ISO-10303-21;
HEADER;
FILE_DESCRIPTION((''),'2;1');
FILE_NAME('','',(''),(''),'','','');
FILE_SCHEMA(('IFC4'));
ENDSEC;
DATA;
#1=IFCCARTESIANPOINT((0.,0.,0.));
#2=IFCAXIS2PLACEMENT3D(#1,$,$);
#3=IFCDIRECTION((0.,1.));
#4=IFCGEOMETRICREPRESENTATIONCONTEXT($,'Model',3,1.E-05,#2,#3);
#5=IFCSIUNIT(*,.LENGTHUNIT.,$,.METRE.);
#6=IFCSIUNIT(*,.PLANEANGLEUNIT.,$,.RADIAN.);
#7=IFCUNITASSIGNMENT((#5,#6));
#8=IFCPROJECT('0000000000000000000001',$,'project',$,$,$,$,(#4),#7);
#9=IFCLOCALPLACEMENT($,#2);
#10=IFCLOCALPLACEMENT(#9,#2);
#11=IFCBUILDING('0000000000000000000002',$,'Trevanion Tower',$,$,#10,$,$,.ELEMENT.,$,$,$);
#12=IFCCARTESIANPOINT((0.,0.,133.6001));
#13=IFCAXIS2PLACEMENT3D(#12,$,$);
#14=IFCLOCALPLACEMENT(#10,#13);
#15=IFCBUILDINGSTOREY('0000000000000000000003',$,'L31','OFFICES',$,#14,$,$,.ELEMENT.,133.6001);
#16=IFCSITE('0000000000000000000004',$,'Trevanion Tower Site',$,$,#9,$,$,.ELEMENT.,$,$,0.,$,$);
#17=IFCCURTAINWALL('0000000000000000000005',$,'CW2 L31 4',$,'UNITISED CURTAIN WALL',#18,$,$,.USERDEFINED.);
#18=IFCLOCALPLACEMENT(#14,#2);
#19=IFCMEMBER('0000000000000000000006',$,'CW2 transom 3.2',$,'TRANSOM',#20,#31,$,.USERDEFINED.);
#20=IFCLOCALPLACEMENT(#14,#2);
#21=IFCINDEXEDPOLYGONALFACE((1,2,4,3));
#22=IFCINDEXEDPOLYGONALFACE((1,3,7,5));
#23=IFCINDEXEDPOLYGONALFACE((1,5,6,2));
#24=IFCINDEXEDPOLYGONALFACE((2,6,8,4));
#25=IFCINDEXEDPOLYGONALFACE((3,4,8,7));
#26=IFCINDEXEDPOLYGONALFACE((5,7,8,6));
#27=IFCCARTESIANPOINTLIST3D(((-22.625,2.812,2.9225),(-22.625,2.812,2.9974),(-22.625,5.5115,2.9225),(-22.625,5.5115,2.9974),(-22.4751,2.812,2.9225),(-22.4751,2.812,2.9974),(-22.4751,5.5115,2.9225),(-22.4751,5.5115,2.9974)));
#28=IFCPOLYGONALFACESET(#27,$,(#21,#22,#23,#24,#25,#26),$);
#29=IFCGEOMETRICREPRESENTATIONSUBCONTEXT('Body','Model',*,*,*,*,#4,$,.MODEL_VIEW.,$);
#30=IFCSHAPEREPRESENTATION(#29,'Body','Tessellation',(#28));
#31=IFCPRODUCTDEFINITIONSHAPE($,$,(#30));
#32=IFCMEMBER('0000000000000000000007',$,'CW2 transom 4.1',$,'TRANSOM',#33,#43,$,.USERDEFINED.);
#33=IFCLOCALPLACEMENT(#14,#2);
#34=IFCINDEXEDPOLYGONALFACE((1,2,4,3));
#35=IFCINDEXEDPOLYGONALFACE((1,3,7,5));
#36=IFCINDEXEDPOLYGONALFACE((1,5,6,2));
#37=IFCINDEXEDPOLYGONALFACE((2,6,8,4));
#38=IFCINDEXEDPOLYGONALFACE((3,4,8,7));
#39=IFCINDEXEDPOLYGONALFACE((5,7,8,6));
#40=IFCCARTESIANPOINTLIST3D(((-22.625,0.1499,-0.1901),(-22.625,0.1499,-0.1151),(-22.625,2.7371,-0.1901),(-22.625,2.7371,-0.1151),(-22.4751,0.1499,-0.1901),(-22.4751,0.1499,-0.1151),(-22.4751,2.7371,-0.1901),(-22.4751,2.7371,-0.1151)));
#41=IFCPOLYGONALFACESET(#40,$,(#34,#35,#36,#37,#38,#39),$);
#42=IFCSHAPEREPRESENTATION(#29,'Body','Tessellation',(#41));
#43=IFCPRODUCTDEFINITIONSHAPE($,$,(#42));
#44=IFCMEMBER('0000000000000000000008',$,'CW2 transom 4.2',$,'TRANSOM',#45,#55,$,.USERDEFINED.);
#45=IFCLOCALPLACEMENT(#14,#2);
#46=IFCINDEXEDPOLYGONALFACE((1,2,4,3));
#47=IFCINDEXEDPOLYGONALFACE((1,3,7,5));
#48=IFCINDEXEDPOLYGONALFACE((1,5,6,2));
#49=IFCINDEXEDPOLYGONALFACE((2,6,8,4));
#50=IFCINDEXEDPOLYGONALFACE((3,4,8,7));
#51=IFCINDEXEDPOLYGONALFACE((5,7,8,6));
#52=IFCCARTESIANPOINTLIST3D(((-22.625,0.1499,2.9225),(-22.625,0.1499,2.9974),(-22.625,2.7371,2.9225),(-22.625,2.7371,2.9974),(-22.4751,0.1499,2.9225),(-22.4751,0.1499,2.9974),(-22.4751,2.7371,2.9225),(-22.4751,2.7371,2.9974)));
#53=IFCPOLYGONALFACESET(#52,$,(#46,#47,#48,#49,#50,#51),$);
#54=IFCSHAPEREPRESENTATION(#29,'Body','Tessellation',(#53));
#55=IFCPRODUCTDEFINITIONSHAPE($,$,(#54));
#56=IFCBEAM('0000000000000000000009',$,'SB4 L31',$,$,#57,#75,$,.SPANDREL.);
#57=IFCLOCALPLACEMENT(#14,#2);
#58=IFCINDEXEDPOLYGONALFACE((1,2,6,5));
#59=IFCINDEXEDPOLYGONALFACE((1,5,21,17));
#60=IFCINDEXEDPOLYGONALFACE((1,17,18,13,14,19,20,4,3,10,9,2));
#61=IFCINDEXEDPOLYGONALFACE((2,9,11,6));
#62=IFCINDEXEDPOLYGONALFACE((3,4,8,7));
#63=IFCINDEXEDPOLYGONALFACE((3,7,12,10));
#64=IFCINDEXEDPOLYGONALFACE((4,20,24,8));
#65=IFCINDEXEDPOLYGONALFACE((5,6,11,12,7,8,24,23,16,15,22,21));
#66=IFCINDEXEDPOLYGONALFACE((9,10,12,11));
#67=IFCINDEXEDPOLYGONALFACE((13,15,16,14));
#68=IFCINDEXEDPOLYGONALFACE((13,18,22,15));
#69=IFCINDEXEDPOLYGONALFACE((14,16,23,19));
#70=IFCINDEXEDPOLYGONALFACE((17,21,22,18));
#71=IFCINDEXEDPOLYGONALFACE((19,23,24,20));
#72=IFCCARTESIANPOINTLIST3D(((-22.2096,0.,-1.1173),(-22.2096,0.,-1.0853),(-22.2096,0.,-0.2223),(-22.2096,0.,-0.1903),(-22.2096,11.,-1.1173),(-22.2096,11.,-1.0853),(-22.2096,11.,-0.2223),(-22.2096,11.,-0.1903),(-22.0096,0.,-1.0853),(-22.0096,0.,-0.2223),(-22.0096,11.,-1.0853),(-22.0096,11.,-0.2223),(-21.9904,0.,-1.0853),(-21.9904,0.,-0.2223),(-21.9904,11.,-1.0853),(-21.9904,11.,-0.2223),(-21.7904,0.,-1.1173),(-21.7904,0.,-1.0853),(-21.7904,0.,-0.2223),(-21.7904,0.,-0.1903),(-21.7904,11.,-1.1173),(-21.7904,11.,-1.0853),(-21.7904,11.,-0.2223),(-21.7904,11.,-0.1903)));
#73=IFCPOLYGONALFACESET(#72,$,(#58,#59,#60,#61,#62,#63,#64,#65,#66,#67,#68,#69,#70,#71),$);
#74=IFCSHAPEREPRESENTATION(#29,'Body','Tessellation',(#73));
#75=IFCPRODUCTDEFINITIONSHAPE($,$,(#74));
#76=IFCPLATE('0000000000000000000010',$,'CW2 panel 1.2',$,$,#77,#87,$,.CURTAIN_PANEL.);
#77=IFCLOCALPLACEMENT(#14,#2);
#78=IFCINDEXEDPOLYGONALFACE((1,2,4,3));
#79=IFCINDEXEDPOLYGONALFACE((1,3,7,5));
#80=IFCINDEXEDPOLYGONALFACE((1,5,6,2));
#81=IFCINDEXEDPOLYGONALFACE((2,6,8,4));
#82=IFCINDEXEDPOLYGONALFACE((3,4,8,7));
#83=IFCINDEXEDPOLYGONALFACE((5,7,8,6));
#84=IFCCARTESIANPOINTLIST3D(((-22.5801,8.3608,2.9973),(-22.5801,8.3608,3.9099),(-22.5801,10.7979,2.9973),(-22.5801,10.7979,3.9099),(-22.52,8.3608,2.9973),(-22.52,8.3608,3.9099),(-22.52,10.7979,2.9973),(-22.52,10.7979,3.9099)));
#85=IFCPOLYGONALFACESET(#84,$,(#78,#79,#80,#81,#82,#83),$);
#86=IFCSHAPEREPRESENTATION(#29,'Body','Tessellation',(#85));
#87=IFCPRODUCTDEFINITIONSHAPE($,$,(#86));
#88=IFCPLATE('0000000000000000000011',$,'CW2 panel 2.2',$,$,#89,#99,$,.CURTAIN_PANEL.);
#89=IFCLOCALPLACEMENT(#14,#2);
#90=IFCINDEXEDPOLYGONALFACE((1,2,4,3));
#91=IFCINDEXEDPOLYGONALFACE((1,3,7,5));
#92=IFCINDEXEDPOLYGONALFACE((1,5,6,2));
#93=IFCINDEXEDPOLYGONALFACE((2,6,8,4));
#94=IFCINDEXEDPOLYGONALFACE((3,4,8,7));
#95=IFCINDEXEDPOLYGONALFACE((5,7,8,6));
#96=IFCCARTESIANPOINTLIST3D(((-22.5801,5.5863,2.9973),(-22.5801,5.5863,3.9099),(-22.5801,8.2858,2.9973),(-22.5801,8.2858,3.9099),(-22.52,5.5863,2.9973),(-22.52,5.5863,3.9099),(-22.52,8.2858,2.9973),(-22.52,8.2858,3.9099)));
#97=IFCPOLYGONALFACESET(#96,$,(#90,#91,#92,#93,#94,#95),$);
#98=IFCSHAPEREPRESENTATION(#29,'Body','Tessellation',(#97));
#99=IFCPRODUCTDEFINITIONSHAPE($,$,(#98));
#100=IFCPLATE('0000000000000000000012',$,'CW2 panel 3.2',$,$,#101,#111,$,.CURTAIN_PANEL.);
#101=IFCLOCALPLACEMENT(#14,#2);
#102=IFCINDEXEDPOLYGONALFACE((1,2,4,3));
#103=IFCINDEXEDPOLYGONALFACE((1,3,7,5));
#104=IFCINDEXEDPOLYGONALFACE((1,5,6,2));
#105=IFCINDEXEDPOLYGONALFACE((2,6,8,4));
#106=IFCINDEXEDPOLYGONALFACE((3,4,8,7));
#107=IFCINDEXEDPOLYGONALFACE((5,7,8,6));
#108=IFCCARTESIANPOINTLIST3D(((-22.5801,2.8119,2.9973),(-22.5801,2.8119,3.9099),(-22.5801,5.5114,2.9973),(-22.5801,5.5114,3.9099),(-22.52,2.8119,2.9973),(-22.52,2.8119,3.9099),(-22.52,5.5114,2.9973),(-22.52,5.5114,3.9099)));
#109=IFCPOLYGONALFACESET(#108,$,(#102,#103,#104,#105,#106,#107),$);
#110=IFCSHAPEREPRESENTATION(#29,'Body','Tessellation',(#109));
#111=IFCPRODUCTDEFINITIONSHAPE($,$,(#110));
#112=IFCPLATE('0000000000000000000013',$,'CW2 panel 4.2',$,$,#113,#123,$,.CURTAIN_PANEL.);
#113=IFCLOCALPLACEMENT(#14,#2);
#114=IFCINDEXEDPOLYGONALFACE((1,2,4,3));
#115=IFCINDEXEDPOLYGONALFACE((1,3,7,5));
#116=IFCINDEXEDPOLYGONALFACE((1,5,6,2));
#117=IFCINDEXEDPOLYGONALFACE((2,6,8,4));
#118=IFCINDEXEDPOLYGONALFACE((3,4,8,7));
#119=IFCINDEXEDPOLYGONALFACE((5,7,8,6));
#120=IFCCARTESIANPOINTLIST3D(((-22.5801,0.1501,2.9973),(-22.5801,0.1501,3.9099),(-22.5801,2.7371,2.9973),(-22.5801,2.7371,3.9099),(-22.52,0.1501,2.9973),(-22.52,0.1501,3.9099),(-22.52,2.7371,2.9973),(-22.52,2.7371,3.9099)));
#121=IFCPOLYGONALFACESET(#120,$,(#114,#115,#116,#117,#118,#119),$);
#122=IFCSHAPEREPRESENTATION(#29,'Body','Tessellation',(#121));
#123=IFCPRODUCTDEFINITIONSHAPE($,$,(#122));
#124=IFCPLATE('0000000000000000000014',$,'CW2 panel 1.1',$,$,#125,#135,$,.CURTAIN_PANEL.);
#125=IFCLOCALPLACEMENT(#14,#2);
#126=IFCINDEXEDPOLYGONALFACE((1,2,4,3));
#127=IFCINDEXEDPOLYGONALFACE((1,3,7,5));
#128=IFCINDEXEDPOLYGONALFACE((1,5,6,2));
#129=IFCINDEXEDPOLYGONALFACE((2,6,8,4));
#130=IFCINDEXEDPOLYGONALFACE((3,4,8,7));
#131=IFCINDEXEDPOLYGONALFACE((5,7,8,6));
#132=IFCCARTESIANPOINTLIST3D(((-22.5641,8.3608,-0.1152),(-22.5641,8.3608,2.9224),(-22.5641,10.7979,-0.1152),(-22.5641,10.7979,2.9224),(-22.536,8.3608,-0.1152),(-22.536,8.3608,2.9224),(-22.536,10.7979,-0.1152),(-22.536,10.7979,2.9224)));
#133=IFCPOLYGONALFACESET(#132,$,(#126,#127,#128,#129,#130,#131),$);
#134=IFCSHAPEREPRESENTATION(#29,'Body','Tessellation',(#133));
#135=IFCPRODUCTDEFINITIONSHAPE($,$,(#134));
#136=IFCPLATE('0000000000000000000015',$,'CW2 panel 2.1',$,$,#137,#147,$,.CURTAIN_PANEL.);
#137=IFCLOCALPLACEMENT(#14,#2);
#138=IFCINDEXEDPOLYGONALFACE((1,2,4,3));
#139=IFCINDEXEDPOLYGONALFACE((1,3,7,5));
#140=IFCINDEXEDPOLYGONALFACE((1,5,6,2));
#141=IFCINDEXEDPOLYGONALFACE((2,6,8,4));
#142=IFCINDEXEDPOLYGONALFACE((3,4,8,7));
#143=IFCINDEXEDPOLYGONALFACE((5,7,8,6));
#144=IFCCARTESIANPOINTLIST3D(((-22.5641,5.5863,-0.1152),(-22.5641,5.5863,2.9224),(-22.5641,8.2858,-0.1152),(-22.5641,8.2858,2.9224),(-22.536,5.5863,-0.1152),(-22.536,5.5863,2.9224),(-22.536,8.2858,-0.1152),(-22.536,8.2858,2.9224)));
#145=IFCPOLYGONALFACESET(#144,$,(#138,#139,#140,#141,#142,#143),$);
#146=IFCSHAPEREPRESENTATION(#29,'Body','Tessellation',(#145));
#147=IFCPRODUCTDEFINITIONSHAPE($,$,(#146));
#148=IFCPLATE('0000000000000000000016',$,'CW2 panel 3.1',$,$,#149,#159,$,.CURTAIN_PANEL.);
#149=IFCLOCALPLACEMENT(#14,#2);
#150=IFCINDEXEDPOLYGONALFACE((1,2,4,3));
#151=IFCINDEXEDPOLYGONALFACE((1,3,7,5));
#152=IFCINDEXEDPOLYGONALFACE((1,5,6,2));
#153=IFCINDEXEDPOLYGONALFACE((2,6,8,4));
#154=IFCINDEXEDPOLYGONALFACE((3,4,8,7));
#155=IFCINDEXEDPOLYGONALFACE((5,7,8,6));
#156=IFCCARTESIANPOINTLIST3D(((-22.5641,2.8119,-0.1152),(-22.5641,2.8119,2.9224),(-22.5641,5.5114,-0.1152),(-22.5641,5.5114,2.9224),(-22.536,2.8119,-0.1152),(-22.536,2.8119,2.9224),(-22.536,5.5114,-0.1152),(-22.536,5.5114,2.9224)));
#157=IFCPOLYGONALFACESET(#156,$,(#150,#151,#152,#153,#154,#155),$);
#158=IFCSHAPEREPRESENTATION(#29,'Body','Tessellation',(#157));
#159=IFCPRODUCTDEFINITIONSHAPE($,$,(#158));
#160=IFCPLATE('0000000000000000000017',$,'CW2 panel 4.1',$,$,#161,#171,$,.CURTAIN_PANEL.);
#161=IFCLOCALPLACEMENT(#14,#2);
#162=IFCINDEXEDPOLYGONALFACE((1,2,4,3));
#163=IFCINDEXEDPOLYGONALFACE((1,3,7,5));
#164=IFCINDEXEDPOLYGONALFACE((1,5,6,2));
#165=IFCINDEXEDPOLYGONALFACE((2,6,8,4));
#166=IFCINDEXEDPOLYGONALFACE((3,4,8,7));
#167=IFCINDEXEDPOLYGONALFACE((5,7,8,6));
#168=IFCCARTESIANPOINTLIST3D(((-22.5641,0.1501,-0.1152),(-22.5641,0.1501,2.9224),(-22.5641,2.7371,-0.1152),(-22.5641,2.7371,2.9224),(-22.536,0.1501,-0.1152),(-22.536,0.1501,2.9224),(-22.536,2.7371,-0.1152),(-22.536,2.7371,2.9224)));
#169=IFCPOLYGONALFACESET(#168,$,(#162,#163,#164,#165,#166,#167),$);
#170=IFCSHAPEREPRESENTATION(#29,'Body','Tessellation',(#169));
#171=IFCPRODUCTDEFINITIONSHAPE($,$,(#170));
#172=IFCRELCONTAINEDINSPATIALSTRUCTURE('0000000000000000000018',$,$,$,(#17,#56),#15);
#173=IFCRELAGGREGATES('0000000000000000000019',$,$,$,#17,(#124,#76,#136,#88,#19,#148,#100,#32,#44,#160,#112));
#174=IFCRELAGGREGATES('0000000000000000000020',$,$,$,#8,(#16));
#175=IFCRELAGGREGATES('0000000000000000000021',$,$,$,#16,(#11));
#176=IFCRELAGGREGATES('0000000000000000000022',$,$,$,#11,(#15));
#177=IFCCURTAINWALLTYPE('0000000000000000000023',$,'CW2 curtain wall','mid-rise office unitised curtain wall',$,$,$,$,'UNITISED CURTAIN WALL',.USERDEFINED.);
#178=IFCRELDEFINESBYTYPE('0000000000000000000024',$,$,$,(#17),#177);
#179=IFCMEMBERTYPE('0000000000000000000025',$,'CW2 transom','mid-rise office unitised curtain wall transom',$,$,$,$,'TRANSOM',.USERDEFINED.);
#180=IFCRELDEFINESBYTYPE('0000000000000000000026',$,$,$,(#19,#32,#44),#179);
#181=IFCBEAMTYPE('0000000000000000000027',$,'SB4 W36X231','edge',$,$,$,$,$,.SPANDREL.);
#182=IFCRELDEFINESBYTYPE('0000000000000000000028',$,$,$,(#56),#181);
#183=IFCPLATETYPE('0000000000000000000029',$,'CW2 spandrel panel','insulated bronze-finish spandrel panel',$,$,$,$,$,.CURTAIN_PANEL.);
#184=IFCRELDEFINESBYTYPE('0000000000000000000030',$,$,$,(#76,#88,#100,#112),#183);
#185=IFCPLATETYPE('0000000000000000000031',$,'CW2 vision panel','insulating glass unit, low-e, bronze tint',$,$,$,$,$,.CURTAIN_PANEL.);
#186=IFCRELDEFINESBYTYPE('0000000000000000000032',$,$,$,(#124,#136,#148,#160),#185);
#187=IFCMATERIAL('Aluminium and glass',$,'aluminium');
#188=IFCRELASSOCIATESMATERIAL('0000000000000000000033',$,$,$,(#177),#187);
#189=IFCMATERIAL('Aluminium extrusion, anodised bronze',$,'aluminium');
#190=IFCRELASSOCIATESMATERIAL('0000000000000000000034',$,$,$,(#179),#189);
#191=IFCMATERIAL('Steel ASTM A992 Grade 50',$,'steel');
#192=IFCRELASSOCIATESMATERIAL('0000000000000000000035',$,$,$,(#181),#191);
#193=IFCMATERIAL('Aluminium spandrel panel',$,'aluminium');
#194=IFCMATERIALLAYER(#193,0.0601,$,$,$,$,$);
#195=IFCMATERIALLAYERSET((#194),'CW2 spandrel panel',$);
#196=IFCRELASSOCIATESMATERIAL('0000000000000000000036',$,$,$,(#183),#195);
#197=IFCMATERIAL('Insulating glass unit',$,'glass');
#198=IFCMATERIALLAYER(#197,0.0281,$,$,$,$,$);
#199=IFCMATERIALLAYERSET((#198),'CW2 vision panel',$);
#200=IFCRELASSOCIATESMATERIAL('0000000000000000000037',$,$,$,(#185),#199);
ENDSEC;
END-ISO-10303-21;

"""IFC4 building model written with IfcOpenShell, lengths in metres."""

from ifc_helpers import new_model, si_unit, direction, frame, origin, origin_2d, place, context, subcontext, project, spatial, rectangle, i_section, extrude, material, layer, layer_set, material_profile, profile_set, type_object, element, aggregate, save


model = new_model("IFC4")

# Units and contexts
model_context = context("Model", 3, precision=1e-05, world=origin(), true_north=direction((0.0, 1.0)))
body_context = subcontext(model_context, "Body", "Model", "MODEL_VIEW")
ifc_project = project(units=[si_unit("LENGTHUNIT", "METRE"), si_unit("PLANEANGLEUNIT", "RADIAN")], contexts=[model_context])

# Site, building, storey
site_placement = place(None, origin())
site = spatial("IfcSite", under=ifc_project, at=site_placement, Name="Trevanion Tower Site", CompositionType="ELEMENT", RefElevation=0.0)
building_placement = place(site_placement, origin())
building = spatial("IfcBuilding", under=site, at=building_placement, Name="Trevanion Tower", CompositionType="ELEMENT")
storey_placement = place(building_placement, frame((0.0, 0.0, 133.6001)))
storey = spatial("IfcBuildingStorey", under=building, at=storey_placement, Name="L31", Description="OFFICES", CompositionType="ELEMENT", Elevation=133.6001)

# Curtain wall, members
ifc_material_1 = material(Name="Aluminium and glass", Category="aluminium")
curtain_wall_type = type_object("IfcCurtainWallType", Name="CW2 curtain wall", Description="mid-rise office unitised curtain wall", ElementType="UNITISED CURTAIN WALL", PredefinedType="USERDEFINED", material=ifc_material_1)
curtain_wall_placement = place(storey_placement, origin())
curtain_wall = element("IfcCurtainWall", 1, at=curtain_wall_placement, inside=storey, type_object=curtain_wall_type, Name="CW2 L31 4", ObjectType="UNITISED CURTAIN WALL", PredefinedType="USERDEFINED")
ifc_material_2 = material(Name="Aluminium extrusion, anodised bronze", Category="aluminium")
ifc_material_profile_1 = material_profile(ifc_material_2, rectangle(XDim=0.1499, YDim=0.075, at=origin_2d()), Name="CW2 transom")
ifc_profile_set_1 = profile_set([ifc_material_profile_1], Name="Aluminium extrusion, anodised bronze")
member_type_1 = type_object("IfcMemberType", Name="CW2 transom", Description="mid-rise office unitised curtain wall transom", ElementType="TRANSOM", PredefinedType="USERDEFINED", material=ifc_profile_set_1)
member_1_placement = place(storey_placement, frame((-22.55, 5.5115, 2.96), z_axis=(0.0, -1.0, 0.0), x_axis=(1.0, 0.0, 0.0)))
member_1 = element("IfcMember", 2, at=member_1_placement, type_object=member_type_1, Name="CW2 transom 3.2", ObjectType="TRANSOM", PredefinedType="USERDEFINED", context=body_context, shape_type="SweptSolid", body=[
    extrude(rectangle(XDim=0.1499, YDim=0.075, at=origin_2d()), origin(), (0.0, 0.0, 1.0), 2.6995),
])
member_2_placement = place(storey_placement, frame((-22.55, 2.7371, -0.1526), z_axis=(0.0, -1.0, 0.0), x_axis=(1.0, 0.0, 0.0)))
member_2 = element("IfcMember", 3, at=member_2_placement, type_object=member_type_1, Name="CW2 transom 4.1", ObjectType="TRANSOM", PredefinedType="USERDEFINED", context=body_context, shape_type="SweptSolid", body=[
    extrude(rectangle(XDim=0.1499, YDim=0.075, at=origin_2d()), origin(), (0.0, 0.0, 1.0), 2.5872),
])
member_3_placement = place(storey_placement, frame((-22.55, 2.7371, 2.96), z_axis=(0.0, -1.0, 0.0), x_axis=(1.0, 0.0, 0.0)))
member_3 = element("IfcMember", 4, at=member_3_placement, type_object=member_type_1, Name="CW2 transom 4.2", ObjectType="TRANSOM", PredefinedType="USERDEFINED", context=body_context, shape_type="SweptSolid", body=[
    extrude(rectangle(XDim=0.1499, YDim=0.075, at=origin_2d()), origin(), (0.0, 0.0, 1.0), 2.5872),
])

# Beam
ifc_material_3 = material(Name="Steel ASTM A992 Grade 50", Category="steel")
ifc_material_profile_2 = material_profile(ifc_material_3, i_section(OverallWidth=0.4192, OverallDepth=0.927, WebThickness=0.0193, FlangeThickness=0.032, at=origin_2d()), Name="W36X231")
ifc_profile_set_2 = profile_set([ifc_material_profile_2], Name="Steel ASTM A992 Grade 50")
beam_type_1 = type_object("IfcBeamType", Name="SB4 W36X231", Description="edge", PredefinedType="SPANDREL", material=ifc_profile_set_2)
beam_placement = place(storey_placement, frame((-22.0, 11.0, -0.6538), z_axis=(0.0, -1.0, 0.0), x_axis=(1.0, 0.0, 0.0)))
element("IfcBeam", 5, at=beam_placement, inside=storey, type_object=beam_type_1, Name="SB4 L31", PredefinedType="SPANDREL", context=body_context, shape_type="SweptSolid", body=[
    extrude(i_section(OverallWidth=0.4192, OverallDepth=0.927, WebThickness=0.0193, FlangeThickness=0.032, at=origin_2d()), origin(), (0.0, 0.0, 1.0), 11.0),
])

# Plates
ifc_material_4 = material(Name="Aluminium spandrel panel", Category="aluminium")
ifc_layer_1 = layer(ifc_material_4, 0.0601)
ifc_layer_set_1 = layer_set([ifc_layer_1], Name="CW2 spandrel panel")
plate_type_1 = type_object("IfcPlateType", Name="CW2 spandrel panel", Description="insulated bronze-finish spandrel panel", PredefinedType="CURTAIN_PANEL", material=ifc_layer_set_1)
plate_1_placement = place(storey_placement, frame((-22.55, 9.5793, 2.9973), z_axis=(0.0, 0.0, 1.0), x_axis=(0.0, -1.0, 0.0)))
plate_1 = element("IfcPlate", 6, at=plate_1_placement, type_object=plate_type_1, Name="CW2 panel 1.2", PredefinedType="CURTAIN_PANEL", context=body_context, shape_type="SweptSolid", body=[
    extrude(rectangle(XDim=2.437, YDim=0.0601, at=origin_2d()), origin(), (0.0, 0.0, 1.0), 0.9126),
])
plate_2_placement = place(storey_placement, frame((-22.55, 6.936, 2.9973), z_axis=(0.0, 0.0, 1.0), x_axis=(0.0, -1.0, 0.0)))
plate_2 = element("IfcPlate", 7, at=plate_2_placement, type_object=plate_type_1, Name="CW2 panel 2.2", PredefinedType="CURTAIN_PANEL", context=body_context, shape_type="SweptSolid", body=[
    extrude(rectangle(XDim=2.6995, YDim=0.0601, at=origin_2d()), origin(), (0.0, 0.0, 1.0), 0.9126),
])
plate_3_placement = place(storey_placement, frame((-22.55, 4.1616, 2.9973), z_axis=(0.0, 0.0, 1.0), x_axis=(0.0, -1.0, 0.0)))
plate_3 = element("IfcPlate", 8, at=plate_3_placement, type_object=plate_type_1, Name="CW2 panel 3.2", PredefinedType="CURTAIN_PANEL", context=body_context, shape_type="SweptSolid", body=[
    extrude(rectangle(XDim=2.6995, YDim=0.0601, at=origin_2d()), origin(), (0.0, 0.0, 1.0), 0.9126),
])
plate_4_placement = place(storey_placement, frame((-22.55, 1.4436, 2.9973), z_axis=(0.0, 0.0, 1.0), x_axis=(0.0, -1.0, 0.0)))
plate_4 = element("IfcPlate", 9, at=plate_4_placement, type_object=plate_type_1, Name="CW2 panel 4.2", PredefinedType="CURTAIN_PANEL", context=body_context, shape_type="SweptSolid", body=[
    extrude(rectangle(XDim=2.5869, YDim=0.0601, at=origin_2d()), origin(), (0.0, 0.0, 1.0), 0.9126),
])
ifc_material_5 = material(Name="Insulating glass unit", Category="glass")
ifc_layer_2 = layer(ifc_material_5, 0.0281)
ifc_layer_set_2 = layer_set([ifc_layer_2], Name="CW2 vision panel")
plate_type_2 = type_object("IfcPlateType", Name="CW2 vision panel", Description="insulating glass unit, low-e, bronze tint", PredefinedType="CURTAIN_PANEL", material=ifc_layer_set_2)
plate_5_placement = place(storey_placement, frame((-22.55, 9.5793, -0.1152), z_axis=(0.0, 0.0, 1.0), x_axis=(0.0, -1.0, 0.0)))
plate_5 = element("IfcPlate", 10, at=plate_5_placement, type_object=plate_type_2, Name="CW2 panel 1.1", PredefinedType="CURTAIN_PANEL", context=body_context, shape_type="SweptSolid", body=[
    extrude(rectangle(XDim=2.437, YDim=0.0281, at=origin_2d()), origin(), (0.0, 0.0, 1.0), 3.0376),
])
plate_6_placement = place(storey_placement, frame((-22.55, 6.936, -0.1152), z_axis=(0.0, 0.0, 1.0), x_axis=(0.0, -1.0, 0.0)))
plate_6 = element("IfcPlate", 11, at=plate_6_placement, type_object=plate_type_2, Name="CW2 panel 2.1", PredefinedType="CURTAIN_PANEL", context=body_context, shape_type="SweptSolid", body=[
    extrude(rectangle(XDim=2.6995, YDim=0.0281, at=origin_2d()), origin(), (0.0, 0.0, 1.0), 3.0376),
])
plate_7_placement = place(storey_placement, frame((-22.55, 4.1616, -0.1152), z_axis=(0.0, 0.0, 1.0), x_axis=(0.0, -1.0, 0.0)))
plate_7 = element("IfcPlate", 12, at=plate_7_placement, type_object=plate_type_2, Name="CW2 panel 3.1", PredefinedType="CURTAIN_PANEL", context=body_context, shape_type="SweptSolid", body=[
    extrude(rectangle(XDim=2.6995, YDim=0.0281, at=origin_2d()), origin(), (0.0, 0.0, 1.0), 3.0376),
])
plate_8_placement = place(storey_placement, frame((-22.55, 1.4436, -0.1152), z_axis=(0.0, 0.0, 1.0), x_axis=(0.0, -1.0, 0.0)))
plate_8 = element("IfcPlate", 13, at=plate_8_placement, type_object=plate_type_2, Name="CW2 panel 4.1", PredefinedType="CURTAIN_PANEL", context=body_context, shape_type="SweptSolid", body=[
    extrude(rectangle(XDim=2.5869, YDim=0.0281, at=origin_2d()), origin(), (0.0, 0.0, 1.0), 3.0376),
])
aggregate(curtain_wall, [plate_5, plate_1, plate_6, plate_2, member_1, plate_7, plate_3, member_2, member_3, plate_8, plate_4])

save(model, "model.ifc")
